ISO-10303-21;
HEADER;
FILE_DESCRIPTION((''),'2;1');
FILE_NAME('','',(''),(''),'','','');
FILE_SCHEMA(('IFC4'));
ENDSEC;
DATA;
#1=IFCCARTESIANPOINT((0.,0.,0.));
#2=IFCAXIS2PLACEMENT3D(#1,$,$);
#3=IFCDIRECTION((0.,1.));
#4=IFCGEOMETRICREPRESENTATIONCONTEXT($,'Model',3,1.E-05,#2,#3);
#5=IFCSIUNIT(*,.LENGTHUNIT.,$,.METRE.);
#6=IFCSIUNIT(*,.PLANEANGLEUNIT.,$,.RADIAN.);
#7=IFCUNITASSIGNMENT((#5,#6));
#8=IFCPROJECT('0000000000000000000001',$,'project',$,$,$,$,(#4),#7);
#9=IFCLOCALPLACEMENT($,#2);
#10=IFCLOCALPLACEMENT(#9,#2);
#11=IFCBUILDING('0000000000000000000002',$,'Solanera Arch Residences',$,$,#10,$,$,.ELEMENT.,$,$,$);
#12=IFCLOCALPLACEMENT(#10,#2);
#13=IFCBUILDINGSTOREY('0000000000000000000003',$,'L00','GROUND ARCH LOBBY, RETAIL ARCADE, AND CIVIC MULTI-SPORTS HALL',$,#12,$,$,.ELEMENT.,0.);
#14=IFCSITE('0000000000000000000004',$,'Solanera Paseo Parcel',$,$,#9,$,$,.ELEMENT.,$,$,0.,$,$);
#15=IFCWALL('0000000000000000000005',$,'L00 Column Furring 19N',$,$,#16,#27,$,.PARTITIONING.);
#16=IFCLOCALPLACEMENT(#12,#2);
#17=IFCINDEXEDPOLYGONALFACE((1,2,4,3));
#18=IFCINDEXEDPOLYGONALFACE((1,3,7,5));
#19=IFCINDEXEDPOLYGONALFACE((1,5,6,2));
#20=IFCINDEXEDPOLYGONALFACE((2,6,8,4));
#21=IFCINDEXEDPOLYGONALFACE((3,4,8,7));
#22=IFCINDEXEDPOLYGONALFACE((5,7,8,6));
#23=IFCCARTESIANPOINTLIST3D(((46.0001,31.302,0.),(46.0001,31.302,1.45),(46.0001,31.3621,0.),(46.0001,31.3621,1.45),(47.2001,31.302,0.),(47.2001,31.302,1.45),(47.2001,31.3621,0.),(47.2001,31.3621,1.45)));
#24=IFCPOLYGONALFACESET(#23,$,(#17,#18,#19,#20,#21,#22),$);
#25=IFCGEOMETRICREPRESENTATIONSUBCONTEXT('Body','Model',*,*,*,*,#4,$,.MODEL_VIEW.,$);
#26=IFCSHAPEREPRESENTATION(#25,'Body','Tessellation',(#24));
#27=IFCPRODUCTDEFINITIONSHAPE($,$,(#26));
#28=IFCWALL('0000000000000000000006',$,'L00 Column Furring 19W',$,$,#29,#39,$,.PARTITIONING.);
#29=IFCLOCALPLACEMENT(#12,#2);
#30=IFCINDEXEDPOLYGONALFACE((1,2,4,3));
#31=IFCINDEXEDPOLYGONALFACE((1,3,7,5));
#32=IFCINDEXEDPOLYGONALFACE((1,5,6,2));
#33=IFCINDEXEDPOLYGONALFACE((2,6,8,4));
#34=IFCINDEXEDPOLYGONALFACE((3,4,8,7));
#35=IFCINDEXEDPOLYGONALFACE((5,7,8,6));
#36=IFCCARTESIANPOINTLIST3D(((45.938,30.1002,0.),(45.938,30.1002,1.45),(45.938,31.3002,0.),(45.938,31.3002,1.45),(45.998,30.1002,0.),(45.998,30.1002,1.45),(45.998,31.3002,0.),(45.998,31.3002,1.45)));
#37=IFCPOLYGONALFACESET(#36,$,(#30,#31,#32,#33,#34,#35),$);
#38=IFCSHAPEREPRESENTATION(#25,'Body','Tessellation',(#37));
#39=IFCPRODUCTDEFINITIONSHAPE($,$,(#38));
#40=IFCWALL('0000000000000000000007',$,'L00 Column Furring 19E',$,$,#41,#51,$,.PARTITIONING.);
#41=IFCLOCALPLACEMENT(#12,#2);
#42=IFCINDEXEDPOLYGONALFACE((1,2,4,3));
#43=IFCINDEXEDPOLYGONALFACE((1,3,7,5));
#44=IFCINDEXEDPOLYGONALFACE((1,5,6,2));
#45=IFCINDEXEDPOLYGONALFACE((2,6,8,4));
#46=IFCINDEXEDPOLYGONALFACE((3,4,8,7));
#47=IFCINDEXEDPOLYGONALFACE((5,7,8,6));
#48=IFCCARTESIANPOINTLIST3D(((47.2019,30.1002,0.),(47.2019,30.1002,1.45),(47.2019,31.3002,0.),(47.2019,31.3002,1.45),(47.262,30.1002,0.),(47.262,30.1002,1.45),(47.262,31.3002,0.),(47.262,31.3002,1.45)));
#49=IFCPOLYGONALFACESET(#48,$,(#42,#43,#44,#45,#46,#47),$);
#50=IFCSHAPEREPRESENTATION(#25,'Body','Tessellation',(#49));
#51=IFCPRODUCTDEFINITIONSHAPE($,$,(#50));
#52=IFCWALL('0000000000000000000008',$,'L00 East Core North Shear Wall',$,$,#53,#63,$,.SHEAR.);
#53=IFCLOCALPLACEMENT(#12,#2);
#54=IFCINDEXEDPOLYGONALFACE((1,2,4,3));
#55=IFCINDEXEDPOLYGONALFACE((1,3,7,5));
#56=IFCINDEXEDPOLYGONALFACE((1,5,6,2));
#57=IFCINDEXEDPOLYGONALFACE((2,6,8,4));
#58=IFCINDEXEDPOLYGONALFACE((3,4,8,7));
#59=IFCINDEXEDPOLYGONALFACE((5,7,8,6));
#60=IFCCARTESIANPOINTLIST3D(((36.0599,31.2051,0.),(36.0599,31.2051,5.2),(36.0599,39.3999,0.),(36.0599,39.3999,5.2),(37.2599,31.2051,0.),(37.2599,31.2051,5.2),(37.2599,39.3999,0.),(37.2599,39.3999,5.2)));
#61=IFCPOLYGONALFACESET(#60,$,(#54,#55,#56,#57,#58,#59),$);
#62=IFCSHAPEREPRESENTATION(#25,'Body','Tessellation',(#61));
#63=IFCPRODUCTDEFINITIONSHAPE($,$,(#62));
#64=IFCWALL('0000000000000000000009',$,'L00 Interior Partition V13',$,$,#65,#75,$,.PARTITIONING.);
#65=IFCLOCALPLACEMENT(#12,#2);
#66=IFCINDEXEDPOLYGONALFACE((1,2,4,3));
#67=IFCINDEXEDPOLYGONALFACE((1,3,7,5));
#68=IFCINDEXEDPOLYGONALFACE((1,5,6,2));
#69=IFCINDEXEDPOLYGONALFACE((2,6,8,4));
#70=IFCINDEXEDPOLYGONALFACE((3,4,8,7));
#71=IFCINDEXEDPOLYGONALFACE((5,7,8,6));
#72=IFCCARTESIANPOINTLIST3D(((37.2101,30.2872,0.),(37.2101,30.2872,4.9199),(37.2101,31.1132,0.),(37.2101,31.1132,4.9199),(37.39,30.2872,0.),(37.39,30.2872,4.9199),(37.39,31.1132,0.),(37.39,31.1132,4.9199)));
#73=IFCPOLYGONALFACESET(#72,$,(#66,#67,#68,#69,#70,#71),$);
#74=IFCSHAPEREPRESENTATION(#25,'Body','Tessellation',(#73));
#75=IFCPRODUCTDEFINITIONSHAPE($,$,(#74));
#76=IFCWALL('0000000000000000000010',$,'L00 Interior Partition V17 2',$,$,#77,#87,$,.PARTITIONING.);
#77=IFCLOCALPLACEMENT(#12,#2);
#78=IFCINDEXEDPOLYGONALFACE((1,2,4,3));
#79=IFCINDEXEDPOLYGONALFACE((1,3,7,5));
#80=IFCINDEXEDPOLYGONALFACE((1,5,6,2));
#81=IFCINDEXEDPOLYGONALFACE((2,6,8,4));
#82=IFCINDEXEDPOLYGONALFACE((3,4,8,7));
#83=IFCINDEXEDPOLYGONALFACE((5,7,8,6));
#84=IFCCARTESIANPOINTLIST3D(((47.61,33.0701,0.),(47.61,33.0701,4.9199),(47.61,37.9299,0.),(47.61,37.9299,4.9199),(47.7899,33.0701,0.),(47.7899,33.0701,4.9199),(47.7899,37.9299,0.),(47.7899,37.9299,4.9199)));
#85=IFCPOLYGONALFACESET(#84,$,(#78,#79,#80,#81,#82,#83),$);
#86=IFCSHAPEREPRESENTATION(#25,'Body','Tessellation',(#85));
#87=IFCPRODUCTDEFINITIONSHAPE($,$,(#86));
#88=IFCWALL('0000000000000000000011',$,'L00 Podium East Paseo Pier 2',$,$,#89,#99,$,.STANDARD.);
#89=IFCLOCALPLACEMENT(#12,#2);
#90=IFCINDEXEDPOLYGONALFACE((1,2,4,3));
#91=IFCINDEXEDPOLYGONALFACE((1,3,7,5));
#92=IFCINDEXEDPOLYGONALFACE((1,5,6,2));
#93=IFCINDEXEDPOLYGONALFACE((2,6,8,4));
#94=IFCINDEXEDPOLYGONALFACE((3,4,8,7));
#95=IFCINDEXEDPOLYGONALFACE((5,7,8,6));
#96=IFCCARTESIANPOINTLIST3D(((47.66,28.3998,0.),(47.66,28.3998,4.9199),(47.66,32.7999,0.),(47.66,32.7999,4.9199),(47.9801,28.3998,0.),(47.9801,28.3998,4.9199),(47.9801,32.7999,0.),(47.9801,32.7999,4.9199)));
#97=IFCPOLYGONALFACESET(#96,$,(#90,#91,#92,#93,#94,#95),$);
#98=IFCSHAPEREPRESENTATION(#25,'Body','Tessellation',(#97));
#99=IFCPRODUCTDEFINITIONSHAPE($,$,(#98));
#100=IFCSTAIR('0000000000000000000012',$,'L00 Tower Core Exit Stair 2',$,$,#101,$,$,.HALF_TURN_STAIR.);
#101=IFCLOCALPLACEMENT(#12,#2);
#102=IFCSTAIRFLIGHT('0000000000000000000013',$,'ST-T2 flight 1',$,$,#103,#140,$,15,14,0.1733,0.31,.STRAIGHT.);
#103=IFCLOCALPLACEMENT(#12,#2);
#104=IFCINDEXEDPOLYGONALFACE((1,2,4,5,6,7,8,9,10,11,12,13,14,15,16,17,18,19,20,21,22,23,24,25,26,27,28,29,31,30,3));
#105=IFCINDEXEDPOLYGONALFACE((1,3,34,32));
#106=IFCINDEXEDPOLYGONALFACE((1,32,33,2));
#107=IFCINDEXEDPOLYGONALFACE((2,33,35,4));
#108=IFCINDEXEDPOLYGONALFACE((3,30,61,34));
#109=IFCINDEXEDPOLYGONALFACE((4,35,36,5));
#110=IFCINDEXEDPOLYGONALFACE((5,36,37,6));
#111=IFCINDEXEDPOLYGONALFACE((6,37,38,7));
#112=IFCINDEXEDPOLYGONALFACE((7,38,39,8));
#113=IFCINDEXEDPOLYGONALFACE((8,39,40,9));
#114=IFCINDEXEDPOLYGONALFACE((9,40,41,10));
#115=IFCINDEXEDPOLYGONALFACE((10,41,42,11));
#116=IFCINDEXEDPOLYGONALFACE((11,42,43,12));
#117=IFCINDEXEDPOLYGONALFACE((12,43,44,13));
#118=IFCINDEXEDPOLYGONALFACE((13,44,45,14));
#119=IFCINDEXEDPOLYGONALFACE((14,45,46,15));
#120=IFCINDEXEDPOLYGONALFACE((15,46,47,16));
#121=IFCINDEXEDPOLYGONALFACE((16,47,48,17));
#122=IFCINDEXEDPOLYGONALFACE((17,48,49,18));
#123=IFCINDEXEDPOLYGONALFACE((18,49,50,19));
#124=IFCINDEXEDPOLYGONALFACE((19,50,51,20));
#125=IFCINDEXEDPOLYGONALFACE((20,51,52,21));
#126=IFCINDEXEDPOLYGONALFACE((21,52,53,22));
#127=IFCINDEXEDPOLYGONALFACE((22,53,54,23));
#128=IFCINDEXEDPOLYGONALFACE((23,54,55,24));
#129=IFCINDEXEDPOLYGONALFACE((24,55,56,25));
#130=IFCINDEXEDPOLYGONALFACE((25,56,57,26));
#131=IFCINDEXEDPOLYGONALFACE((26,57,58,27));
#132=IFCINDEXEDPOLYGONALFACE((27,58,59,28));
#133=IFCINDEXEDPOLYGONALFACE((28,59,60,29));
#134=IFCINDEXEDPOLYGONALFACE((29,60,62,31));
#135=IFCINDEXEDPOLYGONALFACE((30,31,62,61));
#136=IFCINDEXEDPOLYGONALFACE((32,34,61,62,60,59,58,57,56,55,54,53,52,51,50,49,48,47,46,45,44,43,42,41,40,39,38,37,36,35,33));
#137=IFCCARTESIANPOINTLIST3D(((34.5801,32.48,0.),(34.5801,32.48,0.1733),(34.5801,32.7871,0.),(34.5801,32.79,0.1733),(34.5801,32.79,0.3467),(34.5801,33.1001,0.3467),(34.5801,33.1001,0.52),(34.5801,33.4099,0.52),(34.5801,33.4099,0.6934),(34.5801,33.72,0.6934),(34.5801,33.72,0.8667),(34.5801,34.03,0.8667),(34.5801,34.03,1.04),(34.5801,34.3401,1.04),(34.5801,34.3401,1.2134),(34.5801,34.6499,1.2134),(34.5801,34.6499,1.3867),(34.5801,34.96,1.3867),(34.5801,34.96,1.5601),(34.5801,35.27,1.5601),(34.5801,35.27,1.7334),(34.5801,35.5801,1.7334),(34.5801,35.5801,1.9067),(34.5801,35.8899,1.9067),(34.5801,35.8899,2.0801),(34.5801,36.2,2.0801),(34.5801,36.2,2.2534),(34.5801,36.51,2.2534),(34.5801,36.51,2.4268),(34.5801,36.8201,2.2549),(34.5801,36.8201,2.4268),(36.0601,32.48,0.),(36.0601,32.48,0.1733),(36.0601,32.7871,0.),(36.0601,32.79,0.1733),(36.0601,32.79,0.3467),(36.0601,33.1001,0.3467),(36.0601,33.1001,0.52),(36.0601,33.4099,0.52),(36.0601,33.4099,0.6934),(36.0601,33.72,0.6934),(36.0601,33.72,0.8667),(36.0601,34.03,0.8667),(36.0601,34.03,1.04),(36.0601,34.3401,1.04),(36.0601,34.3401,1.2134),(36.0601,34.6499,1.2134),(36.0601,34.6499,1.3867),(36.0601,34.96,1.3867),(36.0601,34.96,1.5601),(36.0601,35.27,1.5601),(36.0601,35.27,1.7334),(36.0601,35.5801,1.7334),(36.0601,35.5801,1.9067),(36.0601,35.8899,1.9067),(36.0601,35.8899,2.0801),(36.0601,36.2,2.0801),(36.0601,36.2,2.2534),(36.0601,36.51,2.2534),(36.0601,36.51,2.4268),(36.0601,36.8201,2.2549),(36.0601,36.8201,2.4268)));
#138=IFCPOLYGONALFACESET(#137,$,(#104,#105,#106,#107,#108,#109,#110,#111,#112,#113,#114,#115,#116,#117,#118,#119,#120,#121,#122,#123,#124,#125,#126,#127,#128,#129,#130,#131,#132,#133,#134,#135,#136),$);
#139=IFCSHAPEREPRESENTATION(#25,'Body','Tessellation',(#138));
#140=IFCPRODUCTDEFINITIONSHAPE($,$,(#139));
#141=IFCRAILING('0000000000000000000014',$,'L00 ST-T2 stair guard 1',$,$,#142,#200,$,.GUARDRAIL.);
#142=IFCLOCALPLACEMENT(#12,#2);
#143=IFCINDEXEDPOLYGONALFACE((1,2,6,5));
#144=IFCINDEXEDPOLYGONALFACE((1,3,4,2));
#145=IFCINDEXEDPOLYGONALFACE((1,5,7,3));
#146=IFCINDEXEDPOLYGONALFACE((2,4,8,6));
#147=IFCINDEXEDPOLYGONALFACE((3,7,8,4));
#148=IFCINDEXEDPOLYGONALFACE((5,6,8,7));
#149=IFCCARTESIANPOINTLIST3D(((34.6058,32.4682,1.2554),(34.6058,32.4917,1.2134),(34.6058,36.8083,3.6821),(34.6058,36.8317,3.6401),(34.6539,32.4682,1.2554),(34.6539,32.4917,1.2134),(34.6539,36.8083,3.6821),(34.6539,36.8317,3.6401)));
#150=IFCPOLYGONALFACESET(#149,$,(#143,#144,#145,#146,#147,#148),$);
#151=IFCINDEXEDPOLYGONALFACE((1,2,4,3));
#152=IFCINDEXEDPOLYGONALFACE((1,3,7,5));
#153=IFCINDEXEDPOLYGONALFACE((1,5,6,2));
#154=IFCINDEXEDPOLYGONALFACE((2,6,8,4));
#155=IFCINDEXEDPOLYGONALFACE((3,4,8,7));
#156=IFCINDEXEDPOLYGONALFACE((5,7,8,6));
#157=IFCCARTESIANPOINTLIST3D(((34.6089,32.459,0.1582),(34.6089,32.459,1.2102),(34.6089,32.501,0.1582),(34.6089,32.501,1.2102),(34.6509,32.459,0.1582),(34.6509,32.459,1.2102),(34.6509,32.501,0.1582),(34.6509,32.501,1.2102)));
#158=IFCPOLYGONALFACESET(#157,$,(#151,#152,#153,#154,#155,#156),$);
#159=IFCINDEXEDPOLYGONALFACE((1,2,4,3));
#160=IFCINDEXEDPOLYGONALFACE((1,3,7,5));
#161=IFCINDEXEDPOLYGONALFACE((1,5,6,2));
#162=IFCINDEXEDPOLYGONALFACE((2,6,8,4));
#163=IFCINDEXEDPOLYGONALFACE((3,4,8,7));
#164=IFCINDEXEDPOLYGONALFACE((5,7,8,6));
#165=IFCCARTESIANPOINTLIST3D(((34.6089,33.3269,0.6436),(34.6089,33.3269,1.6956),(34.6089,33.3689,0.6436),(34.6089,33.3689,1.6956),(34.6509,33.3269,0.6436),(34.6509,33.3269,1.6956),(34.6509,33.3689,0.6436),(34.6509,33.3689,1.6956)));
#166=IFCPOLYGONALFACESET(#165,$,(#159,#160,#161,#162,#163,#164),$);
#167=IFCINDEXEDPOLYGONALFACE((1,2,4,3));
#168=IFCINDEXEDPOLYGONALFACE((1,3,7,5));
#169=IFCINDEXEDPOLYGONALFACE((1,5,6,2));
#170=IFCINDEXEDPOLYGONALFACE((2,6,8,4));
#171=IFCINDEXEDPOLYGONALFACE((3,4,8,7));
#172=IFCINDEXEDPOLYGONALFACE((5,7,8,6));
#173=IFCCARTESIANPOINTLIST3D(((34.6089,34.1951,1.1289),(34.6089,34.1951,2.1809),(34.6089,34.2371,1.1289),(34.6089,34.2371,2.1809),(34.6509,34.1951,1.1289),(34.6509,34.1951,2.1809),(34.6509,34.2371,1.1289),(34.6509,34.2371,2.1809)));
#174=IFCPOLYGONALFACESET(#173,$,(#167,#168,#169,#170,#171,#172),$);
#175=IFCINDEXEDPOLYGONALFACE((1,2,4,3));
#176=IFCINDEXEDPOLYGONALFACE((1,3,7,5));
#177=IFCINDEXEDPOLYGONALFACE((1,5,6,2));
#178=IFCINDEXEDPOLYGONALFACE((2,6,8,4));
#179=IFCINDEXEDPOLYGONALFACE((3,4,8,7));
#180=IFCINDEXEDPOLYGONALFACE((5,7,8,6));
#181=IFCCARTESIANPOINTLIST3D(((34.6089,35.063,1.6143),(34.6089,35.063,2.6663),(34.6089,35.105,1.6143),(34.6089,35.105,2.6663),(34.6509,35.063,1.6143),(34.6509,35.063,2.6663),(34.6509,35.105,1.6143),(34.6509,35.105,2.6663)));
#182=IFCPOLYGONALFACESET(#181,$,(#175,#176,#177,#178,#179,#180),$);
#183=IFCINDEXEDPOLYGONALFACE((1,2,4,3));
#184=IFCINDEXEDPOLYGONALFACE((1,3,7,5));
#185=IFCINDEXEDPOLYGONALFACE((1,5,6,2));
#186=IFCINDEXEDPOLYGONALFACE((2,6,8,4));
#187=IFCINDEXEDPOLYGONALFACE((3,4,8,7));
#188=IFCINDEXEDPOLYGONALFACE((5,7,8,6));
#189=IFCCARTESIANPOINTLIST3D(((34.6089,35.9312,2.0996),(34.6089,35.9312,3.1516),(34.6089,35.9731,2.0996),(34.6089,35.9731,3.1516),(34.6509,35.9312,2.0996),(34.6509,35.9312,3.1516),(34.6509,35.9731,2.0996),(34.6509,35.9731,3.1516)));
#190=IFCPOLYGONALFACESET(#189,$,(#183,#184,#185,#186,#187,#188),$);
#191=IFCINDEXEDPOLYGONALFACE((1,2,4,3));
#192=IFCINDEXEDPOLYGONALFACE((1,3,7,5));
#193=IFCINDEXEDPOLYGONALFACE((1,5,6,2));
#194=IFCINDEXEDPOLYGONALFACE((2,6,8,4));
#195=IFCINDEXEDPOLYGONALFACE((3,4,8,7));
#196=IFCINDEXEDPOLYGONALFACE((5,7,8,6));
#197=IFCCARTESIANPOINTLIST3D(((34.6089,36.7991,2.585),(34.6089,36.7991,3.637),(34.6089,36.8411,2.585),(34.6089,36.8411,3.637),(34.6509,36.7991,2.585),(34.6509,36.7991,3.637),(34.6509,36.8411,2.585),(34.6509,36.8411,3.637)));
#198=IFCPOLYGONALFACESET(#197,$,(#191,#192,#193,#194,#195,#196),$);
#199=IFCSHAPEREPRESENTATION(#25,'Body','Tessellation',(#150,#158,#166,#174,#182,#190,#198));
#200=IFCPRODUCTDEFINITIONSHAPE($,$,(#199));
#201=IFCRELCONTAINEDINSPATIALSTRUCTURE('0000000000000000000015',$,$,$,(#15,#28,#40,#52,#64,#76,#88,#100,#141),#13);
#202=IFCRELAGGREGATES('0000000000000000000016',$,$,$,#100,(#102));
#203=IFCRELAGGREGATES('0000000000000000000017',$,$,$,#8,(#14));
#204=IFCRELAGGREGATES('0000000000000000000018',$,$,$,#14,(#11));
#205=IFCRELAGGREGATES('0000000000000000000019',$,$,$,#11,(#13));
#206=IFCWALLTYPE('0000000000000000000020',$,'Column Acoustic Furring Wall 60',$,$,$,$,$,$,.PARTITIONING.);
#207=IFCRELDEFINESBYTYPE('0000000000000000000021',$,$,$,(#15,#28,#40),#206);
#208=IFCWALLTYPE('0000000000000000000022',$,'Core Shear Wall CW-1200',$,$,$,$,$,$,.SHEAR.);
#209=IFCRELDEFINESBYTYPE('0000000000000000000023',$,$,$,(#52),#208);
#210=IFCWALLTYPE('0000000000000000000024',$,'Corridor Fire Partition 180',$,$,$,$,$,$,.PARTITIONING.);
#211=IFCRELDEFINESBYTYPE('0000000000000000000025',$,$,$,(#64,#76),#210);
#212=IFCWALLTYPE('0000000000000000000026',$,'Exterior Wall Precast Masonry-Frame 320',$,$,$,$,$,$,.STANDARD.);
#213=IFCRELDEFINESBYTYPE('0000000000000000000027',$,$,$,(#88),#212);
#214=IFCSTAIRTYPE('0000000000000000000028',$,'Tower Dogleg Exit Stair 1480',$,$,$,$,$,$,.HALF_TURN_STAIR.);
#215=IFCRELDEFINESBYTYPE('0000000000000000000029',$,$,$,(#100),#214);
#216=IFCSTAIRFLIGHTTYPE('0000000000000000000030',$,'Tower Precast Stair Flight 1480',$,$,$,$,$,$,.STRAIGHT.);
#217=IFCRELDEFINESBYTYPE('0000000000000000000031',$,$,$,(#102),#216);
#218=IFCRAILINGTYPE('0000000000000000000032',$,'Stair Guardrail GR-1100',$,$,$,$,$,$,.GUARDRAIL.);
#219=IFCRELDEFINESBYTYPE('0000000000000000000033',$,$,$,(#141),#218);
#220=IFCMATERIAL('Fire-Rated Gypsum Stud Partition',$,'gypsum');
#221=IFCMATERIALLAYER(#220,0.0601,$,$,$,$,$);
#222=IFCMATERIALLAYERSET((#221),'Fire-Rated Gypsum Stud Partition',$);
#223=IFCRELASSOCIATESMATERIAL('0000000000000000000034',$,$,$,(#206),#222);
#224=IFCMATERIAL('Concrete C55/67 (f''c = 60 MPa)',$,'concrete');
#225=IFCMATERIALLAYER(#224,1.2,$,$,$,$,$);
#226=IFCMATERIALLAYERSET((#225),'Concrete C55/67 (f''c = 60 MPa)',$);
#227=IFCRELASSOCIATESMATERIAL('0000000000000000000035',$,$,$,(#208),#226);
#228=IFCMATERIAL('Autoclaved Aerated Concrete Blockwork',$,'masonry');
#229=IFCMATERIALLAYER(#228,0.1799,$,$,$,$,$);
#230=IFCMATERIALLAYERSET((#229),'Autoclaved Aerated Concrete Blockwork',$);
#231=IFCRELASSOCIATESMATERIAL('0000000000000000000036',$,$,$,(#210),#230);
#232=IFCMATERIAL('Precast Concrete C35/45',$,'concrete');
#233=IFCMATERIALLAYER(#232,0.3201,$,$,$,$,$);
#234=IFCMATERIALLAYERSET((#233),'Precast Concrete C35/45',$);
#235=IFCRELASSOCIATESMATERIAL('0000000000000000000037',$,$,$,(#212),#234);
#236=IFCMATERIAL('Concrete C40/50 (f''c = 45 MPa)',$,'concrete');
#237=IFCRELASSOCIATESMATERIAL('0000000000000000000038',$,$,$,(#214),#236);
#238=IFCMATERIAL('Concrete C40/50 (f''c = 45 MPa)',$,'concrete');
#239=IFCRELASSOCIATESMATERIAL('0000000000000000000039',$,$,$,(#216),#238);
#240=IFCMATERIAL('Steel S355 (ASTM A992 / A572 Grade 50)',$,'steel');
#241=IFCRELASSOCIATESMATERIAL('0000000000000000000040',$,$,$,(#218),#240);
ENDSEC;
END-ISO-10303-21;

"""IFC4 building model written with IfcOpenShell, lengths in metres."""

from ifc_helpers import new_model, si_unit, direction, frame, frame_2d, origin, origin_2d, place, context, subcontext, project, spatial, polyline, rectangle, outline, extrude, material, layer, layer_set, type_object, element, aggregate, save


model = new_model("IFC4")

# Units and contexts
model_context = context("Model", 3, precision=1e-05, world=origin(), true_north=direction((0.0, 1.0)))
body_context = subcontext(model_context, "Body", "Model", "MODEL_VIEW")
ifc_project = project(units=[si_unit("LENGTHUNIT", "METRE"), si_unit("PLANEANGLEUNIT", "RADIAN")], contexts=[model_context])

# Site, building, storey
site_placement = place(None, origin())
site = spatial("IfcSite", under=ifc_project, at=site_placement, Name="Solanera Paseo Parcel", CompositionType="ELEMENT", RefElevation=0.0)
building_placement = place(site_placement, origin())
building = spatial("IfcBuilding", under=site, at=building_placement, Name="Solanera Arch Residences", CompositionType="ELEMENT")
storey_placement = place(building_placement, origin())
storey = spatial("IfcBuildingStorey", under=building, at=storey_placement, Name="L00", Description="GROUND ARCH LOBBY, RETAIL ARCADE, AND CIVIC MULTI-SPORTS HALL", CompositionType="ELEMENT", Elevation=0.0)

# Walls
ifc_material_1 = material(Name="Fire-Rated Gypsum Stud Partition", Category="gypsum")
ifc_layer_1 = layer(ifc_material_1, 0.0601)
ifc_layer_set_1 = layer_set([ifc_layer_1], Name="Fire-Rated Gypsum Stud Partition")
wall_type_1 = type_object("IfcWallType", Name="Column Acoustic Furring Wall 60", PredefinedType="PARTITIONING", material=ifc_layer_set_1)
for number, where, z_axis, x_axis, name in (
    (1, (46.0, 31.332, 0.0), (0.0, 0.0, 1.0), (1.0, 0.0, 0.0), "L00 Column Furring 19N"),
    (2, (45.968, 30.1001, 0.0), (0.0, 0.0, 1.0), (0.0, 1.0, 0.0), "L00 Column Furring 19W"),
    (3, (47.2319, 30.1001, 0.0), (0.0, 0.0, 1.0), (0.0, 1.0, 0.0), "L00 Column Furring 19E"),
):
    element("IfcWall", number, at=place(storey_placement, frame(where, z_axis=z_axis, x_axis=x_axis)), inside=storey, type_object=wall_type_1, Name=name, PredefinedType="PARTITIONING", context=body_context, shape_type="SweptSolid", body=[
        extrude(rectangle(XDim=1.2, YDim=0.0601, at=frame_2d((0.6001, 0.0))), origin(), (0.0, 0.0, 1.0), 1.45),
    ])
ifc_material_2 = material(Name="Concrete C55/67 (f'c = 60 MPa)", Category="concrete")
ifc_layer_2 = layer(ifc_material_2, 1.2)
ifc_layer_set_2 = layer_set([ifc_layer_2], Name="Concrete C55/67 (f'c = 60 MPa)")
wall_type_2 = type_object("IfcWallType", Name="Core Shear Wall CW-1200", PredefinedType="SHEAR", material=ifc_layer_set_2)
wall_1_placement = place(storey_placement, frame((36.6599, 31.2051, 0.0), z_axis=(0.0, 0.0, 1.0), x_axis=(0.0, 1.0, 0.0)))
element("IfcWall", 4, at=wall_1_placement, inside=storey, type_object=wall_type_2, Name="L00 East Core North Shear Wall", PredefinedType="SHEAR", context=body_context, shape_type="SweptSolid", body=[
    extrude(rectangle(XDim=8.1948, YDim=1.2, at=frame_2d((4.0974, 0.0))), origin(), (0.0, 0.0, 1.0), 5.2),
])
ifc_material_3 = material(Name="Autoclaved Aerated Concrete Blockwork", Category="masonry")
ifc_layer_3 = layer(ifc_material_3, 0.1799)
ifc_layer_set_3 = layer_set([ifc_layer_3], Name="Autoclaved Aerated Concrete Blockwork")
wall_type_3 = type_object("IfcWallType", Name="Corridor Fire Partition 180", PredefinedType="PARTITIONING", material=ifc_layer_set_3)
wall_2_placement = place(storey_placement, frame((37.3, 30.2871, 0.0), z_axis=(0.0, 0.0, 1.0), x_axis=(0.0, 1.0, 0.0)))
element("IfcWall", 5, at=wall_2_placement, inside=storey, type_object=wall_type_3, Name="L00 Interior Partition V13", PredefinedType="PARTITIONING", context=body_context, shape_type="SweptSolid", body=[
    extrude(rectangle(XDim=0.8259, YDim=0.1799, at=frame_2d((0.4131, 0.0))), origin(), (0.0, 0.0, 1.0), 4.9199),
])
wall_3_placement = place(storey_placement, frame((47.7, 33.0701, 0.0), z_axis=(0.0, 0.0, 1.0), x_axis=(0.0, 1.0, 0.0)))
element("IfcWall", 6, at=wall_3_placement, inside=storey, type_object=wall_type_3, Name="L00 Interior Partition V17 2", PredefinedType="PARTITIONING", context=body_context, shape_type="SweptSolid", body=[
    extrude(rectangle(XDim=4.8599, YDim=0.1799, at=frame_2d((2.4299, 0.0))), origin(), (0.0, 0.0, 1.0), 4.9199),
])
ifc_material_4 = material(Name="Precast Concrete C35/45", Category="concrete")
ifc_layer_4 = layer(ifc_material_4, 0.3201)
ifc_layer_set_4 = layer_set([ifc_layer_4], Name="Precast Concrete C35/45")
wall_type_4 = type_object("IfcWallType", Name="Exterior Wall Precast Masonry-Frame 320", PredefinedType="STANDARD", material=ifc_layer_set_4)
wall_4_placement = place(storey_placement, frame((47.8201, 32.8, 0.0), z_axis=(0.0, 0.0, 1.0), x_axis=(0.0, -1.0, 0.0)))
element("IfcWall", 7, at=wall_4_placement, inside=storey, type_object=wall_type_4, Name="L00 Podium East Paseo Pier 2", PredefinedType="STANDARD", context=body_context, shape_type="SweptSolid", body=[
    extrude(rectangle(XDim=4.4001, YDim=0.3201, at=frame_2d((2.2002, 0.0))), origin(), (0.0, 0.0, 1.0), 4.9199),
])

# Stair, stair flight
ifc_material_5 = material(Name="Concrete C40/50 (f'c = 45 MPa)", Category="concrete")
stair_type = type_object("IfcStairType", Name="Tower Dogleg Exit Stair 1480", PredefinedType="HALF_TURN_STAIR", material=ifc_material_5)
stair_placement = place(storey_placement, origin())
stair = element("IfcStair", 8, at=stair_placement, inside=storey, type_object=stair_type, Name="L00 Tower Core Exit Stair 2", PredefinedType="HALF_TURN_STAIR")
ifc_material_6 = material(Name="Concrete C40/50 (f'c = 45 MPa)", Category="concrete")
stair_flight_type = type_object("IfcStairFlightType", Name="Tower Precast Stair Flight 1480", PredefinedType="STRAIGHT", material=ifc_material_6)
stair_flight_placement = place(storey_placement, frame((35.3201, 32.48, 0.0), z_axis=(0.0, 0.0, 1.0), x_axis=(0.0, 1.0, 0.0)))
stair_flight = element("IfcStairFlight", 9, at=stair_flight_placement, type_object=stair_flight_type, Name="ST-T2 flight 1", NumberOfRisers=15, NumberOfTreads=14, PredefinedType="STRAIGHT", RiserHeight=0.1733, TreadLength=0.31, context=body_context, shape_type="SweptSolid", body=[
    extrude(outline(polyline([(0.0, 0.0), (0.0, 0.1733), (0.3101, 0.1733), (0.3101, 0.3467), (0.6201, 0.3467), (0.6201, 0.52), (0.9299, 0.52), (0.9299, 0.6934), (1.24, 0.6934), (1.24, 0.8667), (1.55, 0.8667), (1.55, 1.04), (1.8601, 1.04), (1.8601, 1.2134), (2.1699, 1.2134), (2.1699, 1.3867), (2.48, 1.3867), (2.48, 1.5601), (2.79, 1.5601), (2.79, 1.7334), (3.1001, 1.7334), (3.1001, 1.9067), (3.4099, 1.9067), (3.4099, 2.0801), (3.72, 2.0801), (3.72, 2.2534), (4.03, 2.2534), (4.03, 2.4268), (4.3401, 2.4268), (4.3401, 2.6001), (4.3401, 2.2549), (0.3071, 0.0), (0.0, 0.0)])), frame((0.0, 0.74, 0.0), z_axis=(0.0, -1.0, 0.0), x_axis=(1.0, 0.0, 0.0)), (0.0, 0.0, 1.0), 1.48),
])
aggregate(stair, [stair_flight])

# Railing
ifc_material_7 = material(Name="Steel S355 (ASTM A992 / A572 Grade 50)", Category="steel")
railing_type_1 = type_object("IfcRailingType", Name="Stair Guardrail GR-1100", PredefinedType="GUARDRAIL", material=ifc_material_7)
railing_1_placement = place(storey_placement, frame((34.6299, 32.48, 0.1582)))
element("IfcRailing", 10, at=railing_1_placement, inside=storey, type_object=railing_type_1, Name="L00 ST-T2 stair guard 1", PredefinedType="GUARDRAIL", context=body_context, shape_type="SweptSolid", body=[
    extrude(rectangle(XDim=0.0481, YDim=0.0481, at=origin_2d()), frame((0.0, 0.0, 1.0762), z_axis=(0.0, 0.872822, 0.488038), x_axis=(-1.0, 0.0, 0.0)), (0.0, 0.0, 1.0), 4.9724),
    extrude(rectangle(XDim=0.042, YDim=0.042, at=origin_2d()), origin(), (0.0, 0.0, 1.0), 1.052),
    extrude(rectangle(XDim=0.042, YDim=0.042, at=origin_2d()), frame((0.0, 0.8679, 0.4854)), (0.0, 0.0, 1.0), 1.052),
    extrude(rectangle(XDim=0.042, YDim=0.042, at=origin_2d()), frame((0.0, 1.7361, 0.9707)), (0.0, 0.0, 1.0), 1.052),
    extrude(rectangle(XDim=0.042, YDim=0.042, at=origin_2d()), frame((0.0, 2.604, 1.4561)), (0.0, 0.0, 1.0), 1.052),
    extrude(rectangle(XDim=0.042, YDim=0.042, at=origin_2d()), frame((0.0, 3.4722, 1.9414)), (0.0, 0.0, 1.0), 1.052),
    extrude(rectangle(XDim=0.042, YDim=0.042, at=origin_2d()), frame((0.0, 4.3401, 2.4268)), (0.0, 0.0, 1.0), 1.052),
])

save(model, "model.ifc")
